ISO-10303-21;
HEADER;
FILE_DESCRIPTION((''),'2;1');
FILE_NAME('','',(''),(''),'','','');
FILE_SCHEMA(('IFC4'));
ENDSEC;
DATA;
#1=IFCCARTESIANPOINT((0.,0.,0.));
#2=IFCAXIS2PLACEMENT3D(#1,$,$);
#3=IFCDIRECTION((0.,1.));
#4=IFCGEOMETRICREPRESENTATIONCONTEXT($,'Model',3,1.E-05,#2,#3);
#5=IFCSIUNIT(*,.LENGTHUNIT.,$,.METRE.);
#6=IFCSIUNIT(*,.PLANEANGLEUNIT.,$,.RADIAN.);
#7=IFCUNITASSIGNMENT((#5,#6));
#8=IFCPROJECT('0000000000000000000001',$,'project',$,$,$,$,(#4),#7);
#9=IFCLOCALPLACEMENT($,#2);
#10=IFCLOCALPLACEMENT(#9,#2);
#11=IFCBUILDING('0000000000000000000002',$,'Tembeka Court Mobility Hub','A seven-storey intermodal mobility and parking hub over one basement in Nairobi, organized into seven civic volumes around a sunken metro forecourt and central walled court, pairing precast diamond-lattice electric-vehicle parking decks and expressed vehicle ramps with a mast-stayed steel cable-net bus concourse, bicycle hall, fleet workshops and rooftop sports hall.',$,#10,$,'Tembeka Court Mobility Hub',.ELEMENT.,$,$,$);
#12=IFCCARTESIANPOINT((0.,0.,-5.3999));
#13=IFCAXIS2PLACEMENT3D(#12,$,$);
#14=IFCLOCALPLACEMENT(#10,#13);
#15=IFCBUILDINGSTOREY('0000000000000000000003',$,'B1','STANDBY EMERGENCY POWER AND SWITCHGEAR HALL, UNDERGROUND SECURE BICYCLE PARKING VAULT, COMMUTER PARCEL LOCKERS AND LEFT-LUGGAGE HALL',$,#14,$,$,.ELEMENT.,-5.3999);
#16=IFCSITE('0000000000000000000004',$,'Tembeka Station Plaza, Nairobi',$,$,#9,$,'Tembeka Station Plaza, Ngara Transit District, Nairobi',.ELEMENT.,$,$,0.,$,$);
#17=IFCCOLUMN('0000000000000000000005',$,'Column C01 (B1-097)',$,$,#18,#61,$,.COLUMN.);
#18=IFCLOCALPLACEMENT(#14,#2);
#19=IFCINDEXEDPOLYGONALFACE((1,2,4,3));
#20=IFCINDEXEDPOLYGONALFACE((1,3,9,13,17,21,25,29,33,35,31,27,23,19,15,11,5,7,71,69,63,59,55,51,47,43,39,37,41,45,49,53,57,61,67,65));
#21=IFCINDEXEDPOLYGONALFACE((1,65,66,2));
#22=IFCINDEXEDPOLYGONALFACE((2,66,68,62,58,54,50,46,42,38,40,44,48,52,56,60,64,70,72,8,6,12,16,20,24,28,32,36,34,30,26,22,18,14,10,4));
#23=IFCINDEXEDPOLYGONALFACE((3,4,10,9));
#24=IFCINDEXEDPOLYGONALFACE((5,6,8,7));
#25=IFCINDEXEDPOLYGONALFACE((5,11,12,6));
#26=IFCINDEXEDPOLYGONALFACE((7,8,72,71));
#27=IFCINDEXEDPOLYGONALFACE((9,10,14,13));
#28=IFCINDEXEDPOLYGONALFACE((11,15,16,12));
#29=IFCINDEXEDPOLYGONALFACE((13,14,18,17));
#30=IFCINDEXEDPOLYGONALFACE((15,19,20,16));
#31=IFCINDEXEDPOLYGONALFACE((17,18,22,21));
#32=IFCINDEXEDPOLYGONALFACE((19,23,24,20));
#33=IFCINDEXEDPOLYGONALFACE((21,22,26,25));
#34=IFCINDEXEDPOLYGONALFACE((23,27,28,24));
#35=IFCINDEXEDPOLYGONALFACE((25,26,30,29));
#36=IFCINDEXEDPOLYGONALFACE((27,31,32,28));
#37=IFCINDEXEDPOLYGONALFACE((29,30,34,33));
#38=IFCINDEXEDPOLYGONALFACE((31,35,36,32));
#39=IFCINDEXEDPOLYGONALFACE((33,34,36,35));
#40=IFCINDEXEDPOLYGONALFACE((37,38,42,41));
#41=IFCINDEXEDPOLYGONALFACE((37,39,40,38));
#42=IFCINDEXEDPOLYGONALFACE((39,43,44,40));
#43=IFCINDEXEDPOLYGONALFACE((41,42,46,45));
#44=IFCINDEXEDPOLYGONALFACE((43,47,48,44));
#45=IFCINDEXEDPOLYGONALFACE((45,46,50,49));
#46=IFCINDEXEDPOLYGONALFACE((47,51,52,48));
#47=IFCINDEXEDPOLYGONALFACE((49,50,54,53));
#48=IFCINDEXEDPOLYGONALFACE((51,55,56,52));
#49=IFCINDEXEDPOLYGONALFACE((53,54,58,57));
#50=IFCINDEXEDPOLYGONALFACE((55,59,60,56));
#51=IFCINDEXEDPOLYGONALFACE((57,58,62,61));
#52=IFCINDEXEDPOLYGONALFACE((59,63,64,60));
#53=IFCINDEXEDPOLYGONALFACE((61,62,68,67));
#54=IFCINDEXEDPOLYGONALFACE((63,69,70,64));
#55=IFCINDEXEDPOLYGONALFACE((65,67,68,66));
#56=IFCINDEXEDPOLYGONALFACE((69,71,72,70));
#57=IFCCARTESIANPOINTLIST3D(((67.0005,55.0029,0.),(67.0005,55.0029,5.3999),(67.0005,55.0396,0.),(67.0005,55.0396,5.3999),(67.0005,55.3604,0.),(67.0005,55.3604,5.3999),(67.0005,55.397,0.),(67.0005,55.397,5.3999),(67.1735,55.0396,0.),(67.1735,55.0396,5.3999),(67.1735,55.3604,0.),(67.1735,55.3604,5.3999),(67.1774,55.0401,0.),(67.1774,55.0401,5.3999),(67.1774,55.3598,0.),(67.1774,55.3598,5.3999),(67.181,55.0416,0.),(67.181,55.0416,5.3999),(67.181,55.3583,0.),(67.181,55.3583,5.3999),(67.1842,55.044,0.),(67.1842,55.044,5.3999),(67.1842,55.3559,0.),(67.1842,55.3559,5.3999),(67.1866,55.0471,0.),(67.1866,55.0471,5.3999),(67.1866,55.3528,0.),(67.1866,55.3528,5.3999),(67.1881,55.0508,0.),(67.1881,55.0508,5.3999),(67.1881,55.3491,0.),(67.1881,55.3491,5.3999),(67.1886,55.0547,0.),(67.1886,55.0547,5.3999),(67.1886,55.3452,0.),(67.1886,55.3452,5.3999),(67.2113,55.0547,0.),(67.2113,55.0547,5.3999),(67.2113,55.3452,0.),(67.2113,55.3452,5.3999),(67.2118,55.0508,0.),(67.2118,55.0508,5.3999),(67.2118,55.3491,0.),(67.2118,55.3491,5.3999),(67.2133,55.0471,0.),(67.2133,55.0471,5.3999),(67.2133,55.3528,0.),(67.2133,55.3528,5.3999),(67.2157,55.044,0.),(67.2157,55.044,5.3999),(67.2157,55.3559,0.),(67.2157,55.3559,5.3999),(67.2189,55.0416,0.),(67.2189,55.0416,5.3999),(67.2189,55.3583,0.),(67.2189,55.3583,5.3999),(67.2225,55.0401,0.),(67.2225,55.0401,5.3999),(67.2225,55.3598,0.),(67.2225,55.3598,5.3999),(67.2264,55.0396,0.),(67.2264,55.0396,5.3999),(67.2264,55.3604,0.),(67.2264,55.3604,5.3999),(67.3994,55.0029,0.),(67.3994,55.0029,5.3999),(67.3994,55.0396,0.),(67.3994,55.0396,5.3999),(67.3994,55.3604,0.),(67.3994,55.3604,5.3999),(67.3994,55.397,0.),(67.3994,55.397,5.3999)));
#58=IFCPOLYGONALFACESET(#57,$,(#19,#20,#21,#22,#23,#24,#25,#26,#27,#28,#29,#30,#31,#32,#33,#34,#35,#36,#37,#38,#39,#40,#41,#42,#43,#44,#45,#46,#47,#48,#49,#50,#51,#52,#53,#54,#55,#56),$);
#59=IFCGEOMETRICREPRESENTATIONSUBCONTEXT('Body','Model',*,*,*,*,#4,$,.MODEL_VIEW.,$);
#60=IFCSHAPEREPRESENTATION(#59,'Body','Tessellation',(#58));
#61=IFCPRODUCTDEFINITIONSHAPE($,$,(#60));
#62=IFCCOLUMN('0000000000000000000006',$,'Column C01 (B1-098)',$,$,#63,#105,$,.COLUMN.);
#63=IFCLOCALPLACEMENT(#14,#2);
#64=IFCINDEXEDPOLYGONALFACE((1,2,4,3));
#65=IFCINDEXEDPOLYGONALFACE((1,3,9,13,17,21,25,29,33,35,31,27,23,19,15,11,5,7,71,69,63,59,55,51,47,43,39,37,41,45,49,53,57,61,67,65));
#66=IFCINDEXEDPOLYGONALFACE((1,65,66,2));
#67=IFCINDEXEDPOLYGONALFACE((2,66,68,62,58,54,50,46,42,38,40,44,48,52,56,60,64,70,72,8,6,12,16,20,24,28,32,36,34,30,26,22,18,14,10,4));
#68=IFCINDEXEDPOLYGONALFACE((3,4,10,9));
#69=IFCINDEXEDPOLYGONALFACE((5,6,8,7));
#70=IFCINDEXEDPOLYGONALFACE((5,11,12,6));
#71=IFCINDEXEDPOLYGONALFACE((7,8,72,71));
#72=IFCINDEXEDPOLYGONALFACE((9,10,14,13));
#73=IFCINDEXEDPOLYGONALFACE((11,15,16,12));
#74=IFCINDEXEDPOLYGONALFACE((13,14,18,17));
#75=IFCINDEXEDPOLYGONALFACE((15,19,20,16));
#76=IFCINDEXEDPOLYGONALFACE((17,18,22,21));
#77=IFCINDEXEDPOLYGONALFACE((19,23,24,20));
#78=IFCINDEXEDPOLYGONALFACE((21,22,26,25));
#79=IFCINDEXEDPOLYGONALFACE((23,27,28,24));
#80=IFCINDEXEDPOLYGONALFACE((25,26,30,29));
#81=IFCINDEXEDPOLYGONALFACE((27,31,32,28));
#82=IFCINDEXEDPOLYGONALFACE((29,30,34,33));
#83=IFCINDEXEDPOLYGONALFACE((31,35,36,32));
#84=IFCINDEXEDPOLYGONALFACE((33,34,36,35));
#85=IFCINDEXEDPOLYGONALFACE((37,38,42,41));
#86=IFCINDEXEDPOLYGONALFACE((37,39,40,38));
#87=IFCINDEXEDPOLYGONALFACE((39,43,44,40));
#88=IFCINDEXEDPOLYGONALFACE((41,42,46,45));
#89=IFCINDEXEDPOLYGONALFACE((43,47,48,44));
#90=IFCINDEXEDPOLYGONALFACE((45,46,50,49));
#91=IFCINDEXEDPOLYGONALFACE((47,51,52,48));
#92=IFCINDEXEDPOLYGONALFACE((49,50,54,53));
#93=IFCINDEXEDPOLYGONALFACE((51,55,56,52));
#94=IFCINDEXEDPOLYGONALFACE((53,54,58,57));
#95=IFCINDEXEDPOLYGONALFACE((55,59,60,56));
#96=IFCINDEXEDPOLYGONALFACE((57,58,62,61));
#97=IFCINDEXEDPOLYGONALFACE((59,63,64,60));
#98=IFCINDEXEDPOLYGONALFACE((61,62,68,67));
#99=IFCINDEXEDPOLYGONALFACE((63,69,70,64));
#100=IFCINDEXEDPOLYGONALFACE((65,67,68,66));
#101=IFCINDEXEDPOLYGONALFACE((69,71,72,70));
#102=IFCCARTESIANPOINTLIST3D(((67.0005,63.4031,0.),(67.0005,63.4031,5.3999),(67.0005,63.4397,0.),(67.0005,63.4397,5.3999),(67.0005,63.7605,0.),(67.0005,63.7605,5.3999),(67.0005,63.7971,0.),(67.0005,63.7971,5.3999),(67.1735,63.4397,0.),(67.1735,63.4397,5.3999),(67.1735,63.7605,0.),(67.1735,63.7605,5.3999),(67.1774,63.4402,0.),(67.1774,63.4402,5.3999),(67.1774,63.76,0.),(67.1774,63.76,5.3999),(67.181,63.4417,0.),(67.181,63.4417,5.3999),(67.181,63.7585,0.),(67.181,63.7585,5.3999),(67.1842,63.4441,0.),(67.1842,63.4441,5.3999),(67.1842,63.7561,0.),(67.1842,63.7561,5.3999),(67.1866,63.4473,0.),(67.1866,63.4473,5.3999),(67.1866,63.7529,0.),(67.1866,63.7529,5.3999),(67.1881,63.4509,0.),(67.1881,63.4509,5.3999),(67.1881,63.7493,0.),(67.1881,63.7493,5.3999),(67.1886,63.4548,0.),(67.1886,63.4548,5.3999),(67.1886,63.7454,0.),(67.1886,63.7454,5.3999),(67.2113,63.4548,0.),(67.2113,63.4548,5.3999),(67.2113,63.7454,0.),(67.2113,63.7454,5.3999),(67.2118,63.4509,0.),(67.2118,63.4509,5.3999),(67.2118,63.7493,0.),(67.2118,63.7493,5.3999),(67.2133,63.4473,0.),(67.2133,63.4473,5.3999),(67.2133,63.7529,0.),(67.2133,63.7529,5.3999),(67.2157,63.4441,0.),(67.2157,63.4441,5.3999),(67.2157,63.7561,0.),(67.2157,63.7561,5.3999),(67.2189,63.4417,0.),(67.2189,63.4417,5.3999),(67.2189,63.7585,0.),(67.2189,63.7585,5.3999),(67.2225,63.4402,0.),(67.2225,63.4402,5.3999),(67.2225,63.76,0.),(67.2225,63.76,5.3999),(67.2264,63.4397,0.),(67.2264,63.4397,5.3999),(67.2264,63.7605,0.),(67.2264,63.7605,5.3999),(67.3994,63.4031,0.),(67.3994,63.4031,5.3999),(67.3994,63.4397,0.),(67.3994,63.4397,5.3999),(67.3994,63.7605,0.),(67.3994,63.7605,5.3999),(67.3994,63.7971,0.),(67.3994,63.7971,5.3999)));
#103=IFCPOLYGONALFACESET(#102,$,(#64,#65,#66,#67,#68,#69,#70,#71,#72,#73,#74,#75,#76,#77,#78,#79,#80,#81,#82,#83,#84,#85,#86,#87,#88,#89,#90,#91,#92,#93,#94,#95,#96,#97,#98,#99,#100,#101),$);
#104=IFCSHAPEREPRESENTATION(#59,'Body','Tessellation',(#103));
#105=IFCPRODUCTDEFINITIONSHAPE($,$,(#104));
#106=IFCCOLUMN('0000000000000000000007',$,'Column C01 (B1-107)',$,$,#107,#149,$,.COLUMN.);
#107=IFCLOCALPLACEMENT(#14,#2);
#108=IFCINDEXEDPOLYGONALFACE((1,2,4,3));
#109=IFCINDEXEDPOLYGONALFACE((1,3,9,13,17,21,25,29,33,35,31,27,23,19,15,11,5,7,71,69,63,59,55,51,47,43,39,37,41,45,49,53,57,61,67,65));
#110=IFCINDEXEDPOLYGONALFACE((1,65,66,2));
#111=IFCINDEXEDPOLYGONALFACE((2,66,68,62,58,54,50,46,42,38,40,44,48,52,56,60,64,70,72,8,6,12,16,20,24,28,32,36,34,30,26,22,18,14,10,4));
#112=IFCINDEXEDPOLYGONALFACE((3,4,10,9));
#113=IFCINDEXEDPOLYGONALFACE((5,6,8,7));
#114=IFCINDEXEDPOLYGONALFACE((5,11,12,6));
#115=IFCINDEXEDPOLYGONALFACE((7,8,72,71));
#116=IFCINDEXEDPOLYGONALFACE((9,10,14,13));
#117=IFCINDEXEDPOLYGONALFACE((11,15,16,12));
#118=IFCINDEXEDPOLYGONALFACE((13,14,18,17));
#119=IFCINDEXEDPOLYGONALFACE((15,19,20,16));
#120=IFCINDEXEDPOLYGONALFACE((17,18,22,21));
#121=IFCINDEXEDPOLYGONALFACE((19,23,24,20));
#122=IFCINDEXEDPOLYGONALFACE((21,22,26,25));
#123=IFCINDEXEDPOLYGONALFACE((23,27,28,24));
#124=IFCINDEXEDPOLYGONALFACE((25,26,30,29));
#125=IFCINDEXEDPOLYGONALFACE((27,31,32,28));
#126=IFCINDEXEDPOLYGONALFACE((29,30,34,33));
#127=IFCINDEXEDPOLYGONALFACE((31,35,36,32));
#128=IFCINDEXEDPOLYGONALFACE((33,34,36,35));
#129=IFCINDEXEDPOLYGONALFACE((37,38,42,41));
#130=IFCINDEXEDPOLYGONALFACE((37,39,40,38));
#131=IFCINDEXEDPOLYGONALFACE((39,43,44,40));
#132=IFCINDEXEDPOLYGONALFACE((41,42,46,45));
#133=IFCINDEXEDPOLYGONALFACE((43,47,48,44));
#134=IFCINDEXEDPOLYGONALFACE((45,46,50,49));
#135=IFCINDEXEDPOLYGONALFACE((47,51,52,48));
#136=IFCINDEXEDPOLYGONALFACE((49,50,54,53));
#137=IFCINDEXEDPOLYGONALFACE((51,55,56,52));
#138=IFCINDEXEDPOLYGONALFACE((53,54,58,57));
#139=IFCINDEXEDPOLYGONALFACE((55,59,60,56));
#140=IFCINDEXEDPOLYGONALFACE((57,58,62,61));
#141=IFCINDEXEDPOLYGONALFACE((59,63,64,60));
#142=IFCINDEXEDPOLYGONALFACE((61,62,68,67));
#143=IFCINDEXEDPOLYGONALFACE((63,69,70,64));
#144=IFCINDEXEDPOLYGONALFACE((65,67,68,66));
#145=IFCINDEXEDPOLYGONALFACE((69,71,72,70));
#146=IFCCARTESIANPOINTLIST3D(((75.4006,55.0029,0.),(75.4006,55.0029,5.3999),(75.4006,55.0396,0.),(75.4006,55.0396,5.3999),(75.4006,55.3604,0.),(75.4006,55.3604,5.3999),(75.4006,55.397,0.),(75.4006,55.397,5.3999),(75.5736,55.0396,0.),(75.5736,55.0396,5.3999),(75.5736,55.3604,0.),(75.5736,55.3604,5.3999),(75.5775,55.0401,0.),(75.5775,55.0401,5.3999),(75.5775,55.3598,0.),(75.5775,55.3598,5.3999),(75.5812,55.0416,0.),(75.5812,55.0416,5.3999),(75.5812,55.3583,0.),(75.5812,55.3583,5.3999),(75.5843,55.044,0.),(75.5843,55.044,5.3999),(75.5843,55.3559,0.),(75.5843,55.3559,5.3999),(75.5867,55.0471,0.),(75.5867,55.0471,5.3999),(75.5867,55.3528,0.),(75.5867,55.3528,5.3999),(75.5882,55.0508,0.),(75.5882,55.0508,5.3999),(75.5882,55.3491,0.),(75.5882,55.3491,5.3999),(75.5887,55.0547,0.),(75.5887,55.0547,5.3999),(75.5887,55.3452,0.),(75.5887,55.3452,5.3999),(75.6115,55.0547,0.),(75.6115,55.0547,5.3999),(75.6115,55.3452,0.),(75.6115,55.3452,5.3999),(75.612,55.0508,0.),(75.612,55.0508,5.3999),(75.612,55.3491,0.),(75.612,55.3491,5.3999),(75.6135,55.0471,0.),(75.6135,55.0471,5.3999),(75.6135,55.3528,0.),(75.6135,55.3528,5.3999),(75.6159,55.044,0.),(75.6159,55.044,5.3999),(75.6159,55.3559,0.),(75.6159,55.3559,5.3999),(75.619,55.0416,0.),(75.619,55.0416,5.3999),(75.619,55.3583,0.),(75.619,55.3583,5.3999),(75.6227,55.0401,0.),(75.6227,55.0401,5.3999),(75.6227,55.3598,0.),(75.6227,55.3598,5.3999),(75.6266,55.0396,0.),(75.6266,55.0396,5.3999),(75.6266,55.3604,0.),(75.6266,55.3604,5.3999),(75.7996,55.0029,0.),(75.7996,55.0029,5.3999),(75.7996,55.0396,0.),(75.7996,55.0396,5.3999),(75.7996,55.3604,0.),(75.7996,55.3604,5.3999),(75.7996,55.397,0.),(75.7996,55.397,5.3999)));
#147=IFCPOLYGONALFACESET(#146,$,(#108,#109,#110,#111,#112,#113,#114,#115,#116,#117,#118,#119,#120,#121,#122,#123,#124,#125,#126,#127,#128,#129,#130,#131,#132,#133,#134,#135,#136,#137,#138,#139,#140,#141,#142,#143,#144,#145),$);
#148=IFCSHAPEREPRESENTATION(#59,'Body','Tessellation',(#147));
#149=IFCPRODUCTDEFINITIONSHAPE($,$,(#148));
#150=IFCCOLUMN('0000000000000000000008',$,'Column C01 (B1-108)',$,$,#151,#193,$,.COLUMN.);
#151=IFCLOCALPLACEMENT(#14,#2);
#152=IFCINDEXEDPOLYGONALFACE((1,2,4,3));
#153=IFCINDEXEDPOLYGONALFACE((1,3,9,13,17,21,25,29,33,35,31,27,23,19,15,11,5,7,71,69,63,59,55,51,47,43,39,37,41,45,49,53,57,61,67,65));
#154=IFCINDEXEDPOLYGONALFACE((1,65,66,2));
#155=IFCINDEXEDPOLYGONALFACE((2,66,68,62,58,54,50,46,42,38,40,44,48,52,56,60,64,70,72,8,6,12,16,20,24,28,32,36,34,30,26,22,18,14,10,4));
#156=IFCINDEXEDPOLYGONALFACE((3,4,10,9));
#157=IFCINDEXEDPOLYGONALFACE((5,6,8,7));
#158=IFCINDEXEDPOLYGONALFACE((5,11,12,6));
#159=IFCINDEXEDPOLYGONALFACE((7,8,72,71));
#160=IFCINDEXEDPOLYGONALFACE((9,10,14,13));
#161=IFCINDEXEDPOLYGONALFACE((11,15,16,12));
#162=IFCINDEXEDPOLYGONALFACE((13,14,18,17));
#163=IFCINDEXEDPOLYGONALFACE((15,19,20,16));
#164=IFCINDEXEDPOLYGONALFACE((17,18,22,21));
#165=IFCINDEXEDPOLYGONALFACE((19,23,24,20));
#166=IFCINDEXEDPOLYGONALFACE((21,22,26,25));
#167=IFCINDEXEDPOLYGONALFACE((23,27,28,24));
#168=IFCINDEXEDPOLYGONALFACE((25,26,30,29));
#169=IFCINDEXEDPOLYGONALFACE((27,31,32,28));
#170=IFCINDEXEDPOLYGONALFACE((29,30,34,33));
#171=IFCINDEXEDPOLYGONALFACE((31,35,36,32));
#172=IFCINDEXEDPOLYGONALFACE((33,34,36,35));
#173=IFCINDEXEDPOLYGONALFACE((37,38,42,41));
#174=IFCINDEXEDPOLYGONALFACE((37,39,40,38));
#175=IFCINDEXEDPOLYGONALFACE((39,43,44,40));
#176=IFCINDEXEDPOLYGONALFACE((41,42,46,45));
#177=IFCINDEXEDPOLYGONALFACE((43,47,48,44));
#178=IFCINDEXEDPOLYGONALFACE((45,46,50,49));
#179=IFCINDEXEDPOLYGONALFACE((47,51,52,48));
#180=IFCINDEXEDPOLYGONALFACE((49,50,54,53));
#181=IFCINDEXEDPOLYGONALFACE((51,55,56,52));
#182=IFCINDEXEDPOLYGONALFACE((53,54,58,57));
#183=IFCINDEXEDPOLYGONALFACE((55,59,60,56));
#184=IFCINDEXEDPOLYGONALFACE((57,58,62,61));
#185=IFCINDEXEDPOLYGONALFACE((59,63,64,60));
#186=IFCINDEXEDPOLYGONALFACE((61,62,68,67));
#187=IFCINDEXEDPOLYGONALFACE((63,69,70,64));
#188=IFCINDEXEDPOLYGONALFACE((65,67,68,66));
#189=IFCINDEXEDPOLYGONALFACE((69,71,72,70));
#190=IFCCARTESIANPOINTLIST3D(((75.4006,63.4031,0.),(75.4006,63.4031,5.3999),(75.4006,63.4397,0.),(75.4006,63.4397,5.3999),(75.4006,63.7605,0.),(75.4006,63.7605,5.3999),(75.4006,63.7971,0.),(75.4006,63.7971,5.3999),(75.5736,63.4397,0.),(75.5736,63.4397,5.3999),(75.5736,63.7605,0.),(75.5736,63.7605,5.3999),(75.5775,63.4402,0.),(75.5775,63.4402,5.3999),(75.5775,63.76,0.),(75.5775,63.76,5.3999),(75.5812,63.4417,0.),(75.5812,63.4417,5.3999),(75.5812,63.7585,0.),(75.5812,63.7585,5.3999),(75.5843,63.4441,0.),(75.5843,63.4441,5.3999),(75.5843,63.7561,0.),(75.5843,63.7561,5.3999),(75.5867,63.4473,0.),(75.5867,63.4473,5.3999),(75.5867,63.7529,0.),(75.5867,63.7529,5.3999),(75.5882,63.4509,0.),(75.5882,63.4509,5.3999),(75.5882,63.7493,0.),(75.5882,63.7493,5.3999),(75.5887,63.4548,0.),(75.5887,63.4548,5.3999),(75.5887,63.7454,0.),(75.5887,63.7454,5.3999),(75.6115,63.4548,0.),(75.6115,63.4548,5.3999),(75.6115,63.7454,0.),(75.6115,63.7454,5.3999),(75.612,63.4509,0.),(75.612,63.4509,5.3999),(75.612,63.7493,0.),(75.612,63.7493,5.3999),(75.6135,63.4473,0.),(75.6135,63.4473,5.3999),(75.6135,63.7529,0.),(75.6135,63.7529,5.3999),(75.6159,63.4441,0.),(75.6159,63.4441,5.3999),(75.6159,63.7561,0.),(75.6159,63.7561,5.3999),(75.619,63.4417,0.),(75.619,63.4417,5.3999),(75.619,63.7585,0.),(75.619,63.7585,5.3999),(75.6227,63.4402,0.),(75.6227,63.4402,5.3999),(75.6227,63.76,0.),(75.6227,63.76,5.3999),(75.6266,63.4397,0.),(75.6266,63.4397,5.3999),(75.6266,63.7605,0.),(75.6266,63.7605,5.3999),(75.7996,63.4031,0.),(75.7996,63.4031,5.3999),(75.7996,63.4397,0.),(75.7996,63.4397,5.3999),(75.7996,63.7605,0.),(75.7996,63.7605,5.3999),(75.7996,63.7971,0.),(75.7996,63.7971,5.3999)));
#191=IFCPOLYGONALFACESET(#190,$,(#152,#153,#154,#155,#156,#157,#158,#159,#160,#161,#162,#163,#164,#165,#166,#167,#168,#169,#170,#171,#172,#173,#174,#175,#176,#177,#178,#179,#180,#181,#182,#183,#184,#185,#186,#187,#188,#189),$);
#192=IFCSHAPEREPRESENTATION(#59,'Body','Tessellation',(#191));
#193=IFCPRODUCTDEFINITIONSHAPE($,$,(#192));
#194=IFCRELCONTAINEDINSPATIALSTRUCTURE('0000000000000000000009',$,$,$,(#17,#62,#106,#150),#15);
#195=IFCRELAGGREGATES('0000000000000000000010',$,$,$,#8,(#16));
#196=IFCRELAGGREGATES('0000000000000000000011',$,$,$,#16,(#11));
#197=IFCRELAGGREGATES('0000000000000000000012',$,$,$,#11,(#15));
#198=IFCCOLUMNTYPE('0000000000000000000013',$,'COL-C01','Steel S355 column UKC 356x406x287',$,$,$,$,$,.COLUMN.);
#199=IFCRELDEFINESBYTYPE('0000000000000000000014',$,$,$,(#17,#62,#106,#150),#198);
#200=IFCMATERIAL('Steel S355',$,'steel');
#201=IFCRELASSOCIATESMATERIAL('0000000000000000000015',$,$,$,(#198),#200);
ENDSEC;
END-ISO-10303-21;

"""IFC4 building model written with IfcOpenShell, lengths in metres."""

from ifc_helpers import new_model, si_unit, direction, frame, origin, origin_2d, place, context, subcontext, project, spatial, i_section, extrude, material, material_profile, profile_set, type_object, element, save


model = new_model("IFC4")

# Units and contexts
model_context = context("Model", 3, precision=1e-05, world=origin(), true_north=direction((0.0, 1.0)))
body_context = subcontext(model_context, "Body", "Model", "MODEL_VIEW")
ifc_project = project(units=[si_unit("LENGTHUNIT", "METRE"), si_unit("PLANEANGLEUNIT", "RADIAN")], contexts=[model_context])

# Site, building, storey
site_placement = place(None, origin())
site = spatial("IfcSite", under=ifc_project, at=site_placement, Name="Tembeka Station Plaza, Nairobi", LongName="Tembeka Station Plaza, Ngara Transit District, Nairobi", CompositionType="ELEMENT", RefElevation=0.0)
building_placement = place(site_placement, origin())
building = spatial("IfcBuilding", under=site, at=building_placement, Name="Tembeka Court Mobility Hub", Description="A seven-storey intermodal mobility and parking hub over one basement in Nairobi, organized into seven civic volumes around a sunken metro forecourt and central walled court, pairing precast diamond-lattice electric-vehicle parking decks and expressed vehicle ramps with a mast-stayed steel cable-net bus concourse, bicycle hall, fleet workshops and rooftop sports hall.", LongName="Tembeka Court Mobility Hub", CompositionType="ELEMENT")
storey_placement = place(building_placement, frame((0.0, 0.0, -5.3999)))
storey = spatial("IfcBuildingStorey", under=building, at=storey_placement, Name="B1", Description="STANDBY EMERGENCY POWER AND SWITCHGEAR HALL, UNDERGROUND SECURE BICYCLE PARKING VAULT, COMMUTER PARCEL LOCKERS AND LEFT-LUGGAGE HALL", CompositionType="ELEMENT", Elevation=-5.3999)

# Columns
ifc_material_1 = material(Name="Steel S355", Category="steel")
ifc_material_profile_1 = material_profile(ifc_material_1, i_section(OverallWidth=0.3989, OverallDepth=0.394, WebThickness=0.0227, FlangeThickness=0.0366, FilletRadius=0.0151, at=origin_2d()), Name="UKC 356x406x287")
ifc_profile_set_1 = profile_set([ifc_material_profile_1], Name="Steel S355")
column_type = type_object("IfcColumnType", Name="COL-C01", Description="Steel S355 column UKC 356x406x287", PredefinedType="COLUMN", material=ifc_profile_set_1)
for number, where, z_axis, x_axis, name in (
    (1, (67.2, 55.2, 0.0), (0.0, 0.0, 1.0), (1.0, 0.0, 0.0), "Column C01 (B1-097)"),
    (2, (67.2, 63.6001, 0.0), (0.0, 0.0, 1.0), (1.0, 0.0, 0.0), "Column C01 (B1-098)"),
    (3, (75.6001, 55.2, 0.0), (0.0, 0.0, 1.0), (1.0, 0.0, 0.0), "Column C01 (B1-107)"),
    (4, (75.6001, 63.6001, 0.0), (0.0, 0.0, 1.0), (1.0, 0.0, 0.0), "Column C01 (B1-108)"),
):
    element("IfcColumn", number, at=place(storey_placement, frame(where, z_axis=z_axis, x_axis=x_axis)), inside=storey, type_object=column_type, Name=name, PredefinedType="COLUMN", context=body_context, shape_type="SweptSolid", body=[
        extrude(i_section(OverallWidth=0.3989, OverallDepth=0.394, WebThickness=0.0227, FlangeThickness=0.0366, FilletRadius=0.0151, at=origin_2d()), origin(), (0.0, 0.0, 1.0), 5.3999),
    ])

save(model, "model.ifc")
